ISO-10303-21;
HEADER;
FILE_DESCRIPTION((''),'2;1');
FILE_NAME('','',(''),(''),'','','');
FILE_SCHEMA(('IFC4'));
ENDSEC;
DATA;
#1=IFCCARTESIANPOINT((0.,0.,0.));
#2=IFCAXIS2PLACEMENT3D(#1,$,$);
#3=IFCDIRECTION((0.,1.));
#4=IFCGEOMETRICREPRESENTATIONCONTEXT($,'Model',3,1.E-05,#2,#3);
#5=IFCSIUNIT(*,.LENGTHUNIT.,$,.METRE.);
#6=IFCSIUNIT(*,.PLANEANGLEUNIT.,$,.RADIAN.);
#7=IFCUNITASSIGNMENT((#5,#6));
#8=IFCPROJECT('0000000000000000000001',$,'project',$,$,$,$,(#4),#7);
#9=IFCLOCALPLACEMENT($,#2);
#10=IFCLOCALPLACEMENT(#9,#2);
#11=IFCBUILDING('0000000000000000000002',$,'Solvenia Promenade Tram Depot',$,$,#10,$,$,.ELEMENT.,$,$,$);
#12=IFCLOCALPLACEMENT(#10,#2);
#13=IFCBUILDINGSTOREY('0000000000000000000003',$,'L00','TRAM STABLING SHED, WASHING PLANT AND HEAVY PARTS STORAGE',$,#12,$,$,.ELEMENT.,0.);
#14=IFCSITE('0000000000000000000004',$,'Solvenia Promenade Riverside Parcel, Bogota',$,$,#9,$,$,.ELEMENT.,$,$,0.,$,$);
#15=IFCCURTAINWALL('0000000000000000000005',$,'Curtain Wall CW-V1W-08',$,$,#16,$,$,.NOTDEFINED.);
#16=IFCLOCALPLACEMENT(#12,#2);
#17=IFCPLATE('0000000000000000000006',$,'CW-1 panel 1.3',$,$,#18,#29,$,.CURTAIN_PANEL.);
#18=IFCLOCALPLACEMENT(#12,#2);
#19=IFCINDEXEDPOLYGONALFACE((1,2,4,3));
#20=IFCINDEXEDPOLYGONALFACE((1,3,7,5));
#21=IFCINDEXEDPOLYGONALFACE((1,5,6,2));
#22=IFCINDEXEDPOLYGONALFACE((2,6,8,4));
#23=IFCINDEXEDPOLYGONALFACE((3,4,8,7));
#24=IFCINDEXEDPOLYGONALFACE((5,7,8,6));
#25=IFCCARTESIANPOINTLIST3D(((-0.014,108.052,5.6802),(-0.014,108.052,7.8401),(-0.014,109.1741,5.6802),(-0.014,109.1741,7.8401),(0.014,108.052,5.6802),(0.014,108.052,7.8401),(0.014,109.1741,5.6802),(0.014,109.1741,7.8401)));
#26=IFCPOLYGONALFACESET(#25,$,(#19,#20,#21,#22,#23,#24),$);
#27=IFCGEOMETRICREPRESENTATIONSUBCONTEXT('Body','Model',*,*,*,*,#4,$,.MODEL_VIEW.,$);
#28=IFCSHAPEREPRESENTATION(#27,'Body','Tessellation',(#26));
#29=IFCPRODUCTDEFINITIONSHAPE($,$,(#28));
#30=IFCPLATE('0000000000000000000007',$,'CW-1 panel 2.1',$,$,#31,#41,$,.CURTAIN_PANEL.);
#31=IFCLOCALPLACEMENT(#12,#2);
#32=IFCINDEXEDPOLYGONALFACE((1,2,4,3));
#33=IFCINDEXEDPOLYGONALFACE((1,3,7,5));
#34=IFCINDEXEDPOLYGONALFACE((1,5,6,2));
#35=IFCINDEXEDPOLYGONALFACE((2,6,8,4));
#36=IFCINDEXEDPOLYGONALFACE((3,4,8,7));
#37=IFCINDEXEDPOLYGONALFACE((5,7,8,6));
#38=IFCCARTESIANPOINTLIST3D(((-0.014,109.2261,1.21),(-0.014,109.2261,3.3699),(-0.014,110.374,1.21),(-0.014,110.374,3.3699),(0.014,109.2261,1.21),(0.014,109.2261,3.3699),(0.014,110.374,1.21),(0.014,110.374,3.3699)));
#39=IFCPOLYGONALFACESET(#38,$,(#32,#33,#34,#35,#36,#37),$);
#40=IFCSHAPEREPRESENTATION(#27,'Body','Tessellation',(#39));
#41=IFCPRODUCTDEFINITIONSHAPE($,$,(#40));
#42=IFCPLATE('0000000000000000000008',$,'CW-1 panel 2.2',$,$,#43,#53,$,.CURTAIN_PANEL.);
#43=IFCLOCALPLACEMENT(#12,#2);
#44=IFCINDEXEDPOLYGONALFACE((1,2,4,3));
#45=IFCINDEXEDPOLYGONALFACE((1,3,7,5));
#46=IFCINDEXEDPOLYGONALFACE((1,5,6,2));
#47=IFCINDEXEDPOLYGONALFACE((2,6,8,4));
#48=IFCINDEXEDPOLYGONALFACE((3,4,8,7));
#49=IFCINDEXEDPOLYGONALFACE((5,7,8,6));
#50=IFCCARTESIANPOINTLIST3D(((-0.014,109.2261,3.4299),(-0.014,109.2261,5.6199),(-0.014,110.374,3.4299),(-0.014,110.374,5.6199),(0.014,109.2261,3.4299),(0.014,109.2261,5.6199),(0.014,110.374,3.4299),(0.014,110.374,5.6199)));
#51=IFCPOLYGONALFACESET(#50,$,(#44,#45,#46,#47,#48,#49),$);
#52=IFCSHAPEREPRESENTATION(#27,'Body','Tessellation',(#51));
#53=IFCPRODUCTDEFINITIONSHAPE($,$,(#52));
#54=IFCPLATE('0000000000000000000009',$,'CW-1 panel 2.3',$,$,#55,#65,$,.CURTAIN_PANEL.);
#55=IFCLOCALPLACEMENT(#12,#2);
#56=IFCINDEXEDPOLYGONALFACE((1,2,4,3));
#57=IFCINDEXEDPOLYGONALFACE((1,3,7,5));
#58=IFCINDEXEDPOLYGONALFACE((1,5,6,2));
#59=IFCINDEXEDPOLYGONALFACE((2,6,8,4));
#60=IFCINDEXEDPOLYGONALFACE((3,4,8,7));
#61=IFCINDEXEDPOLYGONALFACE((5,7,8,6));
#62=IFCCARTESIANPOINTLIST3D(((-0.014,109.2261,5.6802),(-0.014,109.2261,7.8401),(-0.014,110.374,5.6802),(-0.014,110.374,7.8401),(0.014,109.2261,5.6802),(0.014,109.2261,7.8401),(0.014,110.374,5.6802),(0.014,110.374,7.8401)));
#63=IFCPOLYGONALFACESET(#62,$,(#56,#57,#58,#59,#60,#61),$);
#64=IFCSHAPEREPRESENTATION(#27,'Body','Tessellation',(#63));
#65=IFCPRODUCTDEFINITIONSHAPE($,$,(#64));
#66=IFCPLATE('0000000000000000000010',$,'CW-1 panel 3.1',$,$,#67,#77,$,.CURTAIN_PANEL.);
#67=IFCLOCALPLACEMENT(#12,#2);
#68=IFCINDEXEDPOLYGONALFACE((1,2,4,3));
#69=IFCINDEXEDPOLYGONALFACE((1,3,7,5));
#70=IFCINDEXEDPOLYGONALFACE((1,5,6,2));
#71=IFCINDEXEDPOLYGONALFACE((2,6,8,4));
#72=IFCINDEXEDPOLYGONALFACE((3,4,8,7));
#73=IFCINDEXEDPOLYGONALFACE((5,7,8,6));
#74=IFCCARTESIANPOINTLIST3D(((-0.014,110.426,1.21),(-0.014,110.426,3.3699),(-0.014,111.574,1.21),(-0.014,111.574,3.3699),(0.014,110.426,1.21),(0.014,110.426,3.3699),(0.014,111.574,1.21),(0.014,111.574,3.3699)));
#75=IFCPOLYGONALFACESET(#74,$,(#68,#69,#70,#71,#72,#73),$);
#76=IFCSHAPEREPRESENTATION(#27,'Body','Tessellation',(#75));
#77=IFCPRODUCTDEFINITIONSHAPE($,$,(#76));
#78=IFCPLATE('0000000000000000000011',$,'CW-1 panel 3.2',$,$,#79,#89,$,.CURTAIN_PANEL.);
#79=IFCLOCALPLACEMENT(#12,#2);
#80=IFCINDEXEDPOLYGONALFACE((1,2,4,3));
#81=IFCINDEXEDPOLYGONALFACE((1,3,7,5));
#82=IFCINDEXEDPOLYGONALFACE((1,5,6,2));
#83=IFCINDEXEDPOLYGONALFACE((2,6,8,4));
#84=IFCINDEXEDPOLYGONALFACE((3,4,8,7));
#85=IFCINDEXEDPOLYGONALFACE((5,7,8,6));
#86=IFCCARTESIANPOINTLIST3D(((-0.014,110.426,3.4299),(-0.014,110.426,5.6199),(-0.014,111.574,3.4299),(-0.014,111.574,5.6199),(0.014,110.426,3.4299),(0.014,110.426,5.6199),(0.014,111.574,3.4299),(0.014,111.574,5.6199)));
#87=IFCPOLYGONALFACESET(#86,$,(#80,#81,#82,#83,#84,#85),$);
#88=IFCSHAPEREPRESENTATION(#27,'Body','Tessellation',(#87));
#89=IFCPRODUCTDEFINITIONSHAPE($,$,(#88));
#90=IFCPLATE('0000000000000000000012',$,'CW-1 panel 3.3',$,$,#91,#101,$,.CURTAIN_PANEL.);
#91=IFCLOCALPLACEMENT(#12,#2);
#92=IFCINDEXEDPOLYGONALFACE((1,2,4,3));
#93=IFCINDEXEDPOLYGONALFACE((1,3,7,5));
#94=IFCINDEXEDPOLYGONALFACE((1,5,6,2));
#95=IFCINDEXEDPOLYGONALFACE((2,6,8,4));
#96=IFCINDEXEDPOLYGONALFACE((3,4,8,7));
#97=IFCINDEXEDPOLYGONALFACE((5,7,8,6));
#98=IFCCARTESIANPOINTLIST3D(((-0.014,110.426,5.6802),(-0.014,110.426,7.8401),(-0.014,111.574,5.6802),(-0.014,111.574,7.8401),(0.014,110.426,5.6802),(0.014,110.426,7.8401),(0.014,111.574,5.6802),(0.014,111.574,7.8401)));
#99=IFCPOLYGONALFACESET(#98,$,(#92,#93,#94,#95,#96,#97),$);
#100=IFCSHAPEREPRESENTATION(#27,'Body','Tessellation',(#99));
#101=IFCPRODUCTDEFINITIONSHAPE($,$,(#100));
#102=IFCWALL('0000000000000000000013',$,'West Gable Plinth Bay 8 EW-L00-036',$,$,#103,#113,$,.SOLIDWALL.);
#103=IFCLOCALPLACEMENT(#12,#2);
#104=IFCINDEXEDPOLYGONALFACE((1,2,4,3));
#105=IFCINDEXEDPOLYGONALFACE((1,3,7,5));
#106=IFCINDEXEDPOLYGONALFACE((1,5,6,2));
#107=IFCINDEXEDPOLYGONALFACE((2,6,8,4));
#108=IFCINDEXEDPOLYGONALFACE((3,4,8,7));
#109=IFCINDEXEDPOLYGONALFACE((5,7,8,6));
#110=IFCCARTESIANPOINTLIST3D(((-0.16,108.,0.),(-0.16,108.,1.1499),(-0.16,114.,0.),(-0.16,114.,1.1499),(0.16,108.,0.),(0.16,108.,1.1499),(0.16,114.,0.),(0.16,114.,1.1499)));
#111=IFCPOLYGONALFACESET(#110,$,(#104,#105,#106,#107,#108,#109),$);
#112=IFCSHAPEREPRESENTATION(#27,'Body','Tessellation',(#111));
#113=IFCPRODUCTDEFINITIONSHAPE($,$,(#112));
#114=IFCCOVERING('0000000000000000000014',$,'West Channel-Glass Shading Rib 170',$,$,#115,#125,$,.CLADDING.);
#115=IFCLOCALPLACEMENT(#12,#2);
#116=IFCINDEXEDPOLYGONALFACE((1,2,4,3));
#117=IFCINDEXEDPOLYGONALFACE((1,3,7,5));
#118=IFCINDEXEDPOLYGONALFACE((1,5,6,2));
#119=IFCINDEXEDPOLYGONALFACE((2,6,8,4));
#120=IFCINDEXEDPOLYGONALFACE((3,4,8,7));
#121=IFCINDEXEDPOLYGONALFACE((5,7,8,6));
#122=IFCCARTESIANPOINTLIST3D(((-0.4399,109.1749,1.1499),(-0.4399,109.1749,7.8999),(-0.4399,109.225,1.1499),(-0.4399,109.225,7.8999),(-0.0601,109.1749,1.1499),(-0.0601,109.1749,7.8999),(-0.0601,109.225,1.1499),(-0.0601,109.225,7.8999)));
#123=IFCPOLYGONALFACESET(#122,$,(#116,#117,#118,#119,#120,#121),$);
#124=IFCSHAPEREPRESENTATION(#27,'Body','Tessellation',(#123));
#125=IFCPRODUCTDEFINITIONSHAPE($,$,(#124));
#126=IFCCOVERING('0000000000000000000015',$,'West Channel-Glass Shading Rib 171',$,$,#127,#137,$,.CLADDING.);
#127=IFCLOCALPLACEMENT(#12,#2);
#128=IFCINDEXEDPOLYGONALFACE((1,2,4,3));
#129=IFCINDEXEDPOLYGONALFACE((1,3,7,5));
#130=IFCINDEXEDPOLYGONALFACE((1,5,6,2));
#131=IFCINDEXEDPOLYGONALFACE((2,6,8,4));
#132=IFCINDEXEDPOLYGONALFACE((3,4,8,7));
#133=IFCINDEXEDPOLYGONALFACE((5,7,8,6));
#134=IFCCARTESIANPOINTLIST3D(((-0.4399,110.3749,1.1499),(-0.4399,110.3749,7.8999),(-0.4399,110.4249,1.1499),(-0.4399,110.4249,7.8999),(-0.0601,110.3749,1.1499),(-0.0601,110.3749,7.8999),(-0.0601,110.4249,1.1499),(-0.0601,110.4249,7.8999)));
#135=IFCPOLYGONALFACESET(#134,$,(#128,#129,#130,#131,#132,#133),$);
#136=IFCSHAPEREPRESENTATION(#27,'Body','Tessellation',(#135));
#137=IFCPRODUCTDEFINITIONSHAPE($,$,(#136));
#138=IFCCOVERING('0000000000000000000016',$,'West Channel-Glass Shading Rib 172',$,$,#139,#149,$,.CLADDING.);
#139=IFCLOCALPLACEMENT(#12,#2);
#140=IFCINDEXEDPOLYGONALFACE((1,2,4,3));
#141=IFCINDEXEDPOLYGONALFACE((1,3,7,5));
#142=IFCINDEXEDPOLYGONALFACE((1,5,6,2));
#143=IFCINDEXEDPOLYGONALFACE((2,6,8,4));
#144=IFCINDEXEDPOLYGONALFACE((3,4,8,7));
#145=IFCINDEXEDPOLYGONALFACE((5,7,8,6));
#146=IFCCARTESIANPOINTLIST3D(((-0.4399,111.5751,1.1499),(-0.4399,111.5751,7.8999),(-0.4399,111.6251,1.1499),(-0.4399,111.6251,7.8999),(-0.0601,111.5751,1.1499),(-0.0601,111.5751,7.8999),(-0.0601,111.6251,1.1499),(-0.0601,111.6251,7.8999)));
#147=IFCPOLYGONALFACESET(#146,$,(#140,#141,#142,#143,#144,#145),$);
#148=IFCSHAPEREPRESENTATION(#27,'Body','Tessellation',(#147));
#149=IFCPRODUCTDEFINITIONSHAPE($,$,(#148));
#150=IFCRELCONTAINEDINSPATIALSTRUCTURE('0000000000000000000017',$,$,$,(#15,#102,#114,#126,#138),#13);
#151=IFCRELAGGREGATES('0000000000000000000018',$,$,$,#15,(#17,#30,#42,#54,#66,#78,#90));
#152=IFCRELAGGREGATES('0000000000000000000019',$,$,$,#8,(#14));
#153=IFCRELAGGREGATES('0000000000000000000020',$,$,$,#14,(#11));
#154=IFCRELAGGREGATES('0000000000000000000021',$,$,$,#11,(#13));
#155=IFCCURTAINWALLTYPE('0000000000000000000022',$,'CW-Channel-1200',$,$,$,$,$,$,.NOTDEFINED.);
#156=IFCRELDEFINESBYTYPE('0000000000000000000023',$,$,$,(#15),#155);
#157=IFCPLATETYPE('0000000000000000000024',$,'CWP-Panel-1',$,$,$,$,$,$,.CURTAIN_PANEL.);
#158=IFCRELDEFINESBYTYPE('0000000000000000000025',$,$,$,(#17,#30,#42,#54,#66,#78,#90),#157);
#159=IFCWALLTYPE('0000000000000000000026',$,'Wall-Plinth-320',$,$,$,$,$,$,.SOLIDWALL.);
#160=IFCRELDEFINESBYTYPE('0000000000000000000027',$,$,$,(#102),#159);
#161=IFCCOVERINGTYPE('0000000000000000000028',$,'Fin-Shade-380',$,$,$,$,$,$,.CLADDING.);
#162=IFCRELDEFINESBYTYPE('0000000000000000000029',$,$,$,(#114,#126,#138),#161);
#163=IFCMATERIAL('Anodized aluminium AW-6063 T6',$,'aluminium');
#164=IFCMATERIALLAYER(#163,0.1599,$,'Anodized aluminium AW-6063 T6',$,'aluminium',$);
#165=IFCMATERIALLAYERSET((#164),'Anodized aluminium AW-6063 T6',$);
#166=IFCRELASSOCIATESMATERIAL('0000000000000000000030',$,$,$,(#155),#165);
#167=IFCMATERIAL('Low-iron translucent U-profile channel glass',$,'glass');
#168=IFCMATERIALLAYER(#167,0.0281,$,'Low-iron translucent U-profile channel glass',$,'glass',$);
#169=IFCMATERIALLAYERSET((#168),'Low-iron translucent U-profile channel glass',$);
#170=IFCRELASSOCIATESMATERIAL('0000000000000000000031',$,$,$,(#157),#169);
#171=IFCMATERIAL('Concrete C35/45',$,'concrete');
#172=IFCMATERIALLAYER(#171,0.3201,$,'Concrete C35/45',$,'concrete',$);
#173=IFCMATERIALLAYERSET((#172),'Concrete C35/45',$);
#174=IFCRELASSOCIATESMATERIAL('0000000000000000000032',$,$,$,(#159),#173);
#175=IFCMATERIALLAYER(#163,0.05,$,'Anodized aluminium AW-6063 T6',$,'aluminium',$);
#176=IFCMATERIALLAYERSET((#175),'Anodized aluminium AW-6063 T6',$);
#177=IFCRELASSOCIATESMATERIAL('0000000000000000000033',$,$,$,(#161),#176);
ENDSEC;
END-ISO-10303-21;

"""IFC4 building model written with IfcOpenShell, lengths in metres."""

from ifc_helpers import new_model, si_unit, direction, frame, frame_2d, origin, origin_2d, place, context, subcontext, project, spatial, rectangle, extrude, material, layer, layer_set, type_object, element, aggregate, save


model = new_model("IFC4")

# Units and contexts
model_context = context("Model", 3, precision=1e-05, world=origin(), true_north=direction((0.0, 1.0)))
body_context = subcontext(model_context, "Body", "Model", "MODEL_VIEW")
ifc_project = project(units=[si_unit("LENGTHUNIT", "METRE"), si_unit("PLANEANGLEUNIT", "RADIAN")], contexts=[model_context])

# Site, building, storey
site_placement = place(None, origin())
site = spatial("IfcSite", under=ifc_project, at=site_placement, Name="Solvenia Promenade Riverside Parcel, Bogota", CompositionType="ELEMENT", RefElevation=0.0)
building_placement = place(site_placement, origin())
building = spatial("IfcBuilding", under=site, at=building_placement, Name="Solvenia Promenade Tram Depot", CompositionType="ELEMENT")
storey_placement = place(building_placement, origin())
storey = spatial("IfcBuildingStorey", under=building, at=storey_placement, Name="L00", Description="TRAM STABLING SHED, WASHING PLANT AND HEAVY PARTS STORAGE", CompositionType="ELEMENT", Elevation=0.0)

# Shared definitions
ifc_material_1 = material(Name="Anodized aluminium AW-6063 T6", Category="aluminium")
ifc_layer_1 = layer(ifc_material_1, 0.1599, Name="Anodized aluminium AW-6063 T6", Category="aluminium")
ifc_layer_set_1 = layer_set([ifc_layer_1], Name="Anodized aluminium AW-6063 T6")
curtain_wall_type = type_object("IfcCurtainWallType", Name="CW-Channel-1200", PredefinedType="NOTDEFINED", material=ifc_layer_set_1)

# Curtain wall
curtain_wall_1_placement = place(storey_placement, origin())
curtain_wall_1 = element("IfcCurtainWall", 1, at=curtain_wall_1_placement, inside=storey, type_object=curtain_wall_type, Name="Curtain Wall CW-V1W-08", PredefinedType="NOTDEFINED")

# Plates
ifc_material_2 = material(Name="Low-iron translucent U-profile channel glass", Category="glass")
ifc_layer_2 = layer(ifc_material_2, 0.0281, Name="Low-iron translucent U-profile channel glass", Category="glass")
ifc_layer_set_2 = layer_set([ifc_layer_2], Name="Low-iron translucent U-profile channel glass")
plate_type = type_object("IfcPlateType", Name="CWP-Panel-1", PredefinedType="CURTAIN_PANEL", material=ifc_layer_set_2)
plate_1_placement = place(storey_placement, frame((0.0, 108.613, 5.6802), z_axis=(0.0, 0.0, 1.0), x_axis=(0.0, 1.0, 0.0)))
plate_1 = element("IfcPlate", 2, at=plate_1_placement, type_object=plate_type, Name="CW-1 panel 1.3", PredefinedType="CURTAIN_PANEL", context=body_context, shape_type="SweptSolid", body=[
    extrude(rectangle(XDim=1.1221, YDim=0.0281, at=origin_2d()), origin(), (0.0, 0.0, 1.0), 2.1599),
])
plate_2_placement = place(storey_placement, frame((0.0, 109.8, 1.21), z_axis=(0.0, 0.0, 1.0), x_axis=(0.0, 1.0, 0.0)))
plate_2 = element("IfcPlate", 3, at=plate_2_placement, type_object=plate_type, Name="CW-1 panel 2.1", PredefinedType="CURTAIN_PANEL", context=body_context, shape_type="SweptSolid", body=[
    extrude(rectangle(XDim=1.1479, YDim=0.0281, at=origin_2d()), origin(), (0.0, 0.0, 1.0), 2.1599),
])
plate_3_placement = place(storey_placement, frame((0.0, 109.8, 3.4299), z_axis=(0.0, 0.0, 1.0), x_axis=(0.0, 1.0, 0.0)))
plate_3 = element("IfcPlate", 4, at=plate_3_placement, type_object=plate_type, Name="CW-1 panel 2.2", PredefinedType="CURTAIN_PANEL", context=body_context, shape_type="SweptSolid", body=[
    extrude(rectangle(XDim=1.1479, YDim=0.0281, at=origin_2d()), origin(), (0.0, 0.0, 1.0), 2.1899),
])
plate_4_placement = place(storey_placement, frame((0.0, 109.8, 5.6802), z_axis=(0.0, 0.0, 1.0), x_axis=(0.0, 1.0, 0.0)))
plate_4 = element("IfcPlate", 5, at=plate_4_placement, type_object=plate_type, Name="CW-1 panel 2.3", PredefinedType="CURTAIN_PANEL", context=body_context, shape_type="SweptSolid", body=[
    extrude(rectangle(XDim=1.1479, YDim=0.0281, at=origin_2d()), origin(), (0.0, 0.0, 1.0), 2.1599),
])
plate_5_placement = place(storey_placement, frame((0.0, 111.0, 1.21), z_axis=(0.0, 0.0, 1.0), x_axis=(0.0, 1.0, 0.0)))
plate_5 = element("IfcPlate", 6, at=plate_5_placement, type_object=plate_type, Name="CW-1 panel 3.1", PredefinedType="CURTAIN_PANEL", context=body_context, shape_type="SweptSolid", body=[
    extrude(rectangle(XDim=1.1479, YDim=0.0281, at=origin_2d()), origin(), (0.0, 0.0, 1.0), 2.1599),
])
plate_6_placement = place(storey_placement, frame((0.0, 111.0, 3.4299), z_axis=(0.0, 0.0, 1.0), x_axis=(0.0, 1.0, 0.0)))
plate_6 = element("IfcPlate", 7, at=plate_6_placement, type_object=plate_type, Name="CW-1 panel 3.2", PredefinedType="CURTAIN_PANEL", context=body_context, shape_type="SweptSolid", body=[
    extrude(rectangle(XDim=1.1479, YDim=0.0281, at=origin_2d()), origin(), (0.0, 0.0, 1.0), 2.1899),
])
plate_7_placement = place(storey_placement, frame((0.0, 111.0, 5.6802), z_axis=(0.0, 0.0, 1.0), x_axis=(0.0, 1.0, 0.0)))
plate_7 = element("IfcPlate", 8, at=plate_7_placement, type_object=plate_type, Name="CW-1 panel 3.3", PredefinedType="CURTAIN_PANEL", context=body_context, shape_type="SweptSolid", body=[
    extrude(rectangle(XDim=1.1479, YDim=0.0281, at=origin_2d()), origin(), (0.0, 0.0, 1.0), 2.1599),
])
aggregate(curtain_wall_1, [plate_1, plate_2, plate_3, plate_4, plate_5, plate_6, plate_7])

# Wall
ifc_material_3 = material(Name="Concrete C35/45", Category="concrete")
ifc_layer_3 = layer(ifc_material_3, 0.3201, Name="Concrete C35/45", Category="concrete")
ifc_layer_set_3 = layer_set([ifc_layer_3], Name="Concrete C35/45")
wall_type = type_object("IfcWallType", Name="Wall-Plinth-320", PredefinedType="SOLIDWALL", material=ifc_layer_set_3)
wall_placement = place(storey_placement, frame((0.0, 108.0, 0.0), z_axis=(0.0, 0.0, 1.0), x_axis=(0.0, 1.0, 0.0)))
element("IfcWall", 9, at=wall_placement, inside=storey, type_object=wall_type, Name="West Gable Plinth Bay 8 EW-L00-036", PredefinedType="SOLIDWALL", context=body_context, shape_type="SweptSolid", body=[
    extrude(rectangle(XDim=6.0, YDim=0.3201, at=frame_2d((3.0, 0.0))), origin(), (0.0, 0.0, 1.0), 1.1499),
])

# Coverings
ifc_layer_4 = layer(ifc_material_1, 0.05, Name="Anodized aluminium AW-6063 T6", Category="aluminium")
ifc_layer_set_4 = layer_set([ifc_layer_4], Name="Anodized aluminium AW-6063 T6")
covering_type = type_object("IfcCoveringType", Name="Fin-Shade-380", PredefinedType="CLADDING", material=ifc_layer_set_4)
for number, where, z_axis, x_axis, name in (
    (10, (-0.25, 109.2, 1.1499), (0.0, 0.0, 1.0), (1.0, 0.0, 0.0), "West Channel-Glass Shading Rib 170"),
    (11, (-0.25, 110.3999, 1.1499), (0.0, 0.0, 1.0), (1.0, 0.0, 0.0), "West Channel-Glass Shading Rib 171"),
    (12, (-0.25, 111.6001, 1.1499), (0.0, 0.0, 1.0), (1.0, 0.0, 0.0), "West Channel-Glass Shading Rib 172"),
):
    element("IfcCovering", number, at=place(storey_placement, frame(where, z_axis=z_axis, x_axis=x_axis)), inside=storey, type_object=covering_type, Name=name, PredefinedType="CLADDING", context=body_context, shape_type="SweptSolid", body=[
        extrude(rectangle(XDim=0.3799, YDim=0.05, at=origin_2d()), origin(), (0.0, 0.0, 1.0), 6.75),
    ])

save(model, "model.ifc")
